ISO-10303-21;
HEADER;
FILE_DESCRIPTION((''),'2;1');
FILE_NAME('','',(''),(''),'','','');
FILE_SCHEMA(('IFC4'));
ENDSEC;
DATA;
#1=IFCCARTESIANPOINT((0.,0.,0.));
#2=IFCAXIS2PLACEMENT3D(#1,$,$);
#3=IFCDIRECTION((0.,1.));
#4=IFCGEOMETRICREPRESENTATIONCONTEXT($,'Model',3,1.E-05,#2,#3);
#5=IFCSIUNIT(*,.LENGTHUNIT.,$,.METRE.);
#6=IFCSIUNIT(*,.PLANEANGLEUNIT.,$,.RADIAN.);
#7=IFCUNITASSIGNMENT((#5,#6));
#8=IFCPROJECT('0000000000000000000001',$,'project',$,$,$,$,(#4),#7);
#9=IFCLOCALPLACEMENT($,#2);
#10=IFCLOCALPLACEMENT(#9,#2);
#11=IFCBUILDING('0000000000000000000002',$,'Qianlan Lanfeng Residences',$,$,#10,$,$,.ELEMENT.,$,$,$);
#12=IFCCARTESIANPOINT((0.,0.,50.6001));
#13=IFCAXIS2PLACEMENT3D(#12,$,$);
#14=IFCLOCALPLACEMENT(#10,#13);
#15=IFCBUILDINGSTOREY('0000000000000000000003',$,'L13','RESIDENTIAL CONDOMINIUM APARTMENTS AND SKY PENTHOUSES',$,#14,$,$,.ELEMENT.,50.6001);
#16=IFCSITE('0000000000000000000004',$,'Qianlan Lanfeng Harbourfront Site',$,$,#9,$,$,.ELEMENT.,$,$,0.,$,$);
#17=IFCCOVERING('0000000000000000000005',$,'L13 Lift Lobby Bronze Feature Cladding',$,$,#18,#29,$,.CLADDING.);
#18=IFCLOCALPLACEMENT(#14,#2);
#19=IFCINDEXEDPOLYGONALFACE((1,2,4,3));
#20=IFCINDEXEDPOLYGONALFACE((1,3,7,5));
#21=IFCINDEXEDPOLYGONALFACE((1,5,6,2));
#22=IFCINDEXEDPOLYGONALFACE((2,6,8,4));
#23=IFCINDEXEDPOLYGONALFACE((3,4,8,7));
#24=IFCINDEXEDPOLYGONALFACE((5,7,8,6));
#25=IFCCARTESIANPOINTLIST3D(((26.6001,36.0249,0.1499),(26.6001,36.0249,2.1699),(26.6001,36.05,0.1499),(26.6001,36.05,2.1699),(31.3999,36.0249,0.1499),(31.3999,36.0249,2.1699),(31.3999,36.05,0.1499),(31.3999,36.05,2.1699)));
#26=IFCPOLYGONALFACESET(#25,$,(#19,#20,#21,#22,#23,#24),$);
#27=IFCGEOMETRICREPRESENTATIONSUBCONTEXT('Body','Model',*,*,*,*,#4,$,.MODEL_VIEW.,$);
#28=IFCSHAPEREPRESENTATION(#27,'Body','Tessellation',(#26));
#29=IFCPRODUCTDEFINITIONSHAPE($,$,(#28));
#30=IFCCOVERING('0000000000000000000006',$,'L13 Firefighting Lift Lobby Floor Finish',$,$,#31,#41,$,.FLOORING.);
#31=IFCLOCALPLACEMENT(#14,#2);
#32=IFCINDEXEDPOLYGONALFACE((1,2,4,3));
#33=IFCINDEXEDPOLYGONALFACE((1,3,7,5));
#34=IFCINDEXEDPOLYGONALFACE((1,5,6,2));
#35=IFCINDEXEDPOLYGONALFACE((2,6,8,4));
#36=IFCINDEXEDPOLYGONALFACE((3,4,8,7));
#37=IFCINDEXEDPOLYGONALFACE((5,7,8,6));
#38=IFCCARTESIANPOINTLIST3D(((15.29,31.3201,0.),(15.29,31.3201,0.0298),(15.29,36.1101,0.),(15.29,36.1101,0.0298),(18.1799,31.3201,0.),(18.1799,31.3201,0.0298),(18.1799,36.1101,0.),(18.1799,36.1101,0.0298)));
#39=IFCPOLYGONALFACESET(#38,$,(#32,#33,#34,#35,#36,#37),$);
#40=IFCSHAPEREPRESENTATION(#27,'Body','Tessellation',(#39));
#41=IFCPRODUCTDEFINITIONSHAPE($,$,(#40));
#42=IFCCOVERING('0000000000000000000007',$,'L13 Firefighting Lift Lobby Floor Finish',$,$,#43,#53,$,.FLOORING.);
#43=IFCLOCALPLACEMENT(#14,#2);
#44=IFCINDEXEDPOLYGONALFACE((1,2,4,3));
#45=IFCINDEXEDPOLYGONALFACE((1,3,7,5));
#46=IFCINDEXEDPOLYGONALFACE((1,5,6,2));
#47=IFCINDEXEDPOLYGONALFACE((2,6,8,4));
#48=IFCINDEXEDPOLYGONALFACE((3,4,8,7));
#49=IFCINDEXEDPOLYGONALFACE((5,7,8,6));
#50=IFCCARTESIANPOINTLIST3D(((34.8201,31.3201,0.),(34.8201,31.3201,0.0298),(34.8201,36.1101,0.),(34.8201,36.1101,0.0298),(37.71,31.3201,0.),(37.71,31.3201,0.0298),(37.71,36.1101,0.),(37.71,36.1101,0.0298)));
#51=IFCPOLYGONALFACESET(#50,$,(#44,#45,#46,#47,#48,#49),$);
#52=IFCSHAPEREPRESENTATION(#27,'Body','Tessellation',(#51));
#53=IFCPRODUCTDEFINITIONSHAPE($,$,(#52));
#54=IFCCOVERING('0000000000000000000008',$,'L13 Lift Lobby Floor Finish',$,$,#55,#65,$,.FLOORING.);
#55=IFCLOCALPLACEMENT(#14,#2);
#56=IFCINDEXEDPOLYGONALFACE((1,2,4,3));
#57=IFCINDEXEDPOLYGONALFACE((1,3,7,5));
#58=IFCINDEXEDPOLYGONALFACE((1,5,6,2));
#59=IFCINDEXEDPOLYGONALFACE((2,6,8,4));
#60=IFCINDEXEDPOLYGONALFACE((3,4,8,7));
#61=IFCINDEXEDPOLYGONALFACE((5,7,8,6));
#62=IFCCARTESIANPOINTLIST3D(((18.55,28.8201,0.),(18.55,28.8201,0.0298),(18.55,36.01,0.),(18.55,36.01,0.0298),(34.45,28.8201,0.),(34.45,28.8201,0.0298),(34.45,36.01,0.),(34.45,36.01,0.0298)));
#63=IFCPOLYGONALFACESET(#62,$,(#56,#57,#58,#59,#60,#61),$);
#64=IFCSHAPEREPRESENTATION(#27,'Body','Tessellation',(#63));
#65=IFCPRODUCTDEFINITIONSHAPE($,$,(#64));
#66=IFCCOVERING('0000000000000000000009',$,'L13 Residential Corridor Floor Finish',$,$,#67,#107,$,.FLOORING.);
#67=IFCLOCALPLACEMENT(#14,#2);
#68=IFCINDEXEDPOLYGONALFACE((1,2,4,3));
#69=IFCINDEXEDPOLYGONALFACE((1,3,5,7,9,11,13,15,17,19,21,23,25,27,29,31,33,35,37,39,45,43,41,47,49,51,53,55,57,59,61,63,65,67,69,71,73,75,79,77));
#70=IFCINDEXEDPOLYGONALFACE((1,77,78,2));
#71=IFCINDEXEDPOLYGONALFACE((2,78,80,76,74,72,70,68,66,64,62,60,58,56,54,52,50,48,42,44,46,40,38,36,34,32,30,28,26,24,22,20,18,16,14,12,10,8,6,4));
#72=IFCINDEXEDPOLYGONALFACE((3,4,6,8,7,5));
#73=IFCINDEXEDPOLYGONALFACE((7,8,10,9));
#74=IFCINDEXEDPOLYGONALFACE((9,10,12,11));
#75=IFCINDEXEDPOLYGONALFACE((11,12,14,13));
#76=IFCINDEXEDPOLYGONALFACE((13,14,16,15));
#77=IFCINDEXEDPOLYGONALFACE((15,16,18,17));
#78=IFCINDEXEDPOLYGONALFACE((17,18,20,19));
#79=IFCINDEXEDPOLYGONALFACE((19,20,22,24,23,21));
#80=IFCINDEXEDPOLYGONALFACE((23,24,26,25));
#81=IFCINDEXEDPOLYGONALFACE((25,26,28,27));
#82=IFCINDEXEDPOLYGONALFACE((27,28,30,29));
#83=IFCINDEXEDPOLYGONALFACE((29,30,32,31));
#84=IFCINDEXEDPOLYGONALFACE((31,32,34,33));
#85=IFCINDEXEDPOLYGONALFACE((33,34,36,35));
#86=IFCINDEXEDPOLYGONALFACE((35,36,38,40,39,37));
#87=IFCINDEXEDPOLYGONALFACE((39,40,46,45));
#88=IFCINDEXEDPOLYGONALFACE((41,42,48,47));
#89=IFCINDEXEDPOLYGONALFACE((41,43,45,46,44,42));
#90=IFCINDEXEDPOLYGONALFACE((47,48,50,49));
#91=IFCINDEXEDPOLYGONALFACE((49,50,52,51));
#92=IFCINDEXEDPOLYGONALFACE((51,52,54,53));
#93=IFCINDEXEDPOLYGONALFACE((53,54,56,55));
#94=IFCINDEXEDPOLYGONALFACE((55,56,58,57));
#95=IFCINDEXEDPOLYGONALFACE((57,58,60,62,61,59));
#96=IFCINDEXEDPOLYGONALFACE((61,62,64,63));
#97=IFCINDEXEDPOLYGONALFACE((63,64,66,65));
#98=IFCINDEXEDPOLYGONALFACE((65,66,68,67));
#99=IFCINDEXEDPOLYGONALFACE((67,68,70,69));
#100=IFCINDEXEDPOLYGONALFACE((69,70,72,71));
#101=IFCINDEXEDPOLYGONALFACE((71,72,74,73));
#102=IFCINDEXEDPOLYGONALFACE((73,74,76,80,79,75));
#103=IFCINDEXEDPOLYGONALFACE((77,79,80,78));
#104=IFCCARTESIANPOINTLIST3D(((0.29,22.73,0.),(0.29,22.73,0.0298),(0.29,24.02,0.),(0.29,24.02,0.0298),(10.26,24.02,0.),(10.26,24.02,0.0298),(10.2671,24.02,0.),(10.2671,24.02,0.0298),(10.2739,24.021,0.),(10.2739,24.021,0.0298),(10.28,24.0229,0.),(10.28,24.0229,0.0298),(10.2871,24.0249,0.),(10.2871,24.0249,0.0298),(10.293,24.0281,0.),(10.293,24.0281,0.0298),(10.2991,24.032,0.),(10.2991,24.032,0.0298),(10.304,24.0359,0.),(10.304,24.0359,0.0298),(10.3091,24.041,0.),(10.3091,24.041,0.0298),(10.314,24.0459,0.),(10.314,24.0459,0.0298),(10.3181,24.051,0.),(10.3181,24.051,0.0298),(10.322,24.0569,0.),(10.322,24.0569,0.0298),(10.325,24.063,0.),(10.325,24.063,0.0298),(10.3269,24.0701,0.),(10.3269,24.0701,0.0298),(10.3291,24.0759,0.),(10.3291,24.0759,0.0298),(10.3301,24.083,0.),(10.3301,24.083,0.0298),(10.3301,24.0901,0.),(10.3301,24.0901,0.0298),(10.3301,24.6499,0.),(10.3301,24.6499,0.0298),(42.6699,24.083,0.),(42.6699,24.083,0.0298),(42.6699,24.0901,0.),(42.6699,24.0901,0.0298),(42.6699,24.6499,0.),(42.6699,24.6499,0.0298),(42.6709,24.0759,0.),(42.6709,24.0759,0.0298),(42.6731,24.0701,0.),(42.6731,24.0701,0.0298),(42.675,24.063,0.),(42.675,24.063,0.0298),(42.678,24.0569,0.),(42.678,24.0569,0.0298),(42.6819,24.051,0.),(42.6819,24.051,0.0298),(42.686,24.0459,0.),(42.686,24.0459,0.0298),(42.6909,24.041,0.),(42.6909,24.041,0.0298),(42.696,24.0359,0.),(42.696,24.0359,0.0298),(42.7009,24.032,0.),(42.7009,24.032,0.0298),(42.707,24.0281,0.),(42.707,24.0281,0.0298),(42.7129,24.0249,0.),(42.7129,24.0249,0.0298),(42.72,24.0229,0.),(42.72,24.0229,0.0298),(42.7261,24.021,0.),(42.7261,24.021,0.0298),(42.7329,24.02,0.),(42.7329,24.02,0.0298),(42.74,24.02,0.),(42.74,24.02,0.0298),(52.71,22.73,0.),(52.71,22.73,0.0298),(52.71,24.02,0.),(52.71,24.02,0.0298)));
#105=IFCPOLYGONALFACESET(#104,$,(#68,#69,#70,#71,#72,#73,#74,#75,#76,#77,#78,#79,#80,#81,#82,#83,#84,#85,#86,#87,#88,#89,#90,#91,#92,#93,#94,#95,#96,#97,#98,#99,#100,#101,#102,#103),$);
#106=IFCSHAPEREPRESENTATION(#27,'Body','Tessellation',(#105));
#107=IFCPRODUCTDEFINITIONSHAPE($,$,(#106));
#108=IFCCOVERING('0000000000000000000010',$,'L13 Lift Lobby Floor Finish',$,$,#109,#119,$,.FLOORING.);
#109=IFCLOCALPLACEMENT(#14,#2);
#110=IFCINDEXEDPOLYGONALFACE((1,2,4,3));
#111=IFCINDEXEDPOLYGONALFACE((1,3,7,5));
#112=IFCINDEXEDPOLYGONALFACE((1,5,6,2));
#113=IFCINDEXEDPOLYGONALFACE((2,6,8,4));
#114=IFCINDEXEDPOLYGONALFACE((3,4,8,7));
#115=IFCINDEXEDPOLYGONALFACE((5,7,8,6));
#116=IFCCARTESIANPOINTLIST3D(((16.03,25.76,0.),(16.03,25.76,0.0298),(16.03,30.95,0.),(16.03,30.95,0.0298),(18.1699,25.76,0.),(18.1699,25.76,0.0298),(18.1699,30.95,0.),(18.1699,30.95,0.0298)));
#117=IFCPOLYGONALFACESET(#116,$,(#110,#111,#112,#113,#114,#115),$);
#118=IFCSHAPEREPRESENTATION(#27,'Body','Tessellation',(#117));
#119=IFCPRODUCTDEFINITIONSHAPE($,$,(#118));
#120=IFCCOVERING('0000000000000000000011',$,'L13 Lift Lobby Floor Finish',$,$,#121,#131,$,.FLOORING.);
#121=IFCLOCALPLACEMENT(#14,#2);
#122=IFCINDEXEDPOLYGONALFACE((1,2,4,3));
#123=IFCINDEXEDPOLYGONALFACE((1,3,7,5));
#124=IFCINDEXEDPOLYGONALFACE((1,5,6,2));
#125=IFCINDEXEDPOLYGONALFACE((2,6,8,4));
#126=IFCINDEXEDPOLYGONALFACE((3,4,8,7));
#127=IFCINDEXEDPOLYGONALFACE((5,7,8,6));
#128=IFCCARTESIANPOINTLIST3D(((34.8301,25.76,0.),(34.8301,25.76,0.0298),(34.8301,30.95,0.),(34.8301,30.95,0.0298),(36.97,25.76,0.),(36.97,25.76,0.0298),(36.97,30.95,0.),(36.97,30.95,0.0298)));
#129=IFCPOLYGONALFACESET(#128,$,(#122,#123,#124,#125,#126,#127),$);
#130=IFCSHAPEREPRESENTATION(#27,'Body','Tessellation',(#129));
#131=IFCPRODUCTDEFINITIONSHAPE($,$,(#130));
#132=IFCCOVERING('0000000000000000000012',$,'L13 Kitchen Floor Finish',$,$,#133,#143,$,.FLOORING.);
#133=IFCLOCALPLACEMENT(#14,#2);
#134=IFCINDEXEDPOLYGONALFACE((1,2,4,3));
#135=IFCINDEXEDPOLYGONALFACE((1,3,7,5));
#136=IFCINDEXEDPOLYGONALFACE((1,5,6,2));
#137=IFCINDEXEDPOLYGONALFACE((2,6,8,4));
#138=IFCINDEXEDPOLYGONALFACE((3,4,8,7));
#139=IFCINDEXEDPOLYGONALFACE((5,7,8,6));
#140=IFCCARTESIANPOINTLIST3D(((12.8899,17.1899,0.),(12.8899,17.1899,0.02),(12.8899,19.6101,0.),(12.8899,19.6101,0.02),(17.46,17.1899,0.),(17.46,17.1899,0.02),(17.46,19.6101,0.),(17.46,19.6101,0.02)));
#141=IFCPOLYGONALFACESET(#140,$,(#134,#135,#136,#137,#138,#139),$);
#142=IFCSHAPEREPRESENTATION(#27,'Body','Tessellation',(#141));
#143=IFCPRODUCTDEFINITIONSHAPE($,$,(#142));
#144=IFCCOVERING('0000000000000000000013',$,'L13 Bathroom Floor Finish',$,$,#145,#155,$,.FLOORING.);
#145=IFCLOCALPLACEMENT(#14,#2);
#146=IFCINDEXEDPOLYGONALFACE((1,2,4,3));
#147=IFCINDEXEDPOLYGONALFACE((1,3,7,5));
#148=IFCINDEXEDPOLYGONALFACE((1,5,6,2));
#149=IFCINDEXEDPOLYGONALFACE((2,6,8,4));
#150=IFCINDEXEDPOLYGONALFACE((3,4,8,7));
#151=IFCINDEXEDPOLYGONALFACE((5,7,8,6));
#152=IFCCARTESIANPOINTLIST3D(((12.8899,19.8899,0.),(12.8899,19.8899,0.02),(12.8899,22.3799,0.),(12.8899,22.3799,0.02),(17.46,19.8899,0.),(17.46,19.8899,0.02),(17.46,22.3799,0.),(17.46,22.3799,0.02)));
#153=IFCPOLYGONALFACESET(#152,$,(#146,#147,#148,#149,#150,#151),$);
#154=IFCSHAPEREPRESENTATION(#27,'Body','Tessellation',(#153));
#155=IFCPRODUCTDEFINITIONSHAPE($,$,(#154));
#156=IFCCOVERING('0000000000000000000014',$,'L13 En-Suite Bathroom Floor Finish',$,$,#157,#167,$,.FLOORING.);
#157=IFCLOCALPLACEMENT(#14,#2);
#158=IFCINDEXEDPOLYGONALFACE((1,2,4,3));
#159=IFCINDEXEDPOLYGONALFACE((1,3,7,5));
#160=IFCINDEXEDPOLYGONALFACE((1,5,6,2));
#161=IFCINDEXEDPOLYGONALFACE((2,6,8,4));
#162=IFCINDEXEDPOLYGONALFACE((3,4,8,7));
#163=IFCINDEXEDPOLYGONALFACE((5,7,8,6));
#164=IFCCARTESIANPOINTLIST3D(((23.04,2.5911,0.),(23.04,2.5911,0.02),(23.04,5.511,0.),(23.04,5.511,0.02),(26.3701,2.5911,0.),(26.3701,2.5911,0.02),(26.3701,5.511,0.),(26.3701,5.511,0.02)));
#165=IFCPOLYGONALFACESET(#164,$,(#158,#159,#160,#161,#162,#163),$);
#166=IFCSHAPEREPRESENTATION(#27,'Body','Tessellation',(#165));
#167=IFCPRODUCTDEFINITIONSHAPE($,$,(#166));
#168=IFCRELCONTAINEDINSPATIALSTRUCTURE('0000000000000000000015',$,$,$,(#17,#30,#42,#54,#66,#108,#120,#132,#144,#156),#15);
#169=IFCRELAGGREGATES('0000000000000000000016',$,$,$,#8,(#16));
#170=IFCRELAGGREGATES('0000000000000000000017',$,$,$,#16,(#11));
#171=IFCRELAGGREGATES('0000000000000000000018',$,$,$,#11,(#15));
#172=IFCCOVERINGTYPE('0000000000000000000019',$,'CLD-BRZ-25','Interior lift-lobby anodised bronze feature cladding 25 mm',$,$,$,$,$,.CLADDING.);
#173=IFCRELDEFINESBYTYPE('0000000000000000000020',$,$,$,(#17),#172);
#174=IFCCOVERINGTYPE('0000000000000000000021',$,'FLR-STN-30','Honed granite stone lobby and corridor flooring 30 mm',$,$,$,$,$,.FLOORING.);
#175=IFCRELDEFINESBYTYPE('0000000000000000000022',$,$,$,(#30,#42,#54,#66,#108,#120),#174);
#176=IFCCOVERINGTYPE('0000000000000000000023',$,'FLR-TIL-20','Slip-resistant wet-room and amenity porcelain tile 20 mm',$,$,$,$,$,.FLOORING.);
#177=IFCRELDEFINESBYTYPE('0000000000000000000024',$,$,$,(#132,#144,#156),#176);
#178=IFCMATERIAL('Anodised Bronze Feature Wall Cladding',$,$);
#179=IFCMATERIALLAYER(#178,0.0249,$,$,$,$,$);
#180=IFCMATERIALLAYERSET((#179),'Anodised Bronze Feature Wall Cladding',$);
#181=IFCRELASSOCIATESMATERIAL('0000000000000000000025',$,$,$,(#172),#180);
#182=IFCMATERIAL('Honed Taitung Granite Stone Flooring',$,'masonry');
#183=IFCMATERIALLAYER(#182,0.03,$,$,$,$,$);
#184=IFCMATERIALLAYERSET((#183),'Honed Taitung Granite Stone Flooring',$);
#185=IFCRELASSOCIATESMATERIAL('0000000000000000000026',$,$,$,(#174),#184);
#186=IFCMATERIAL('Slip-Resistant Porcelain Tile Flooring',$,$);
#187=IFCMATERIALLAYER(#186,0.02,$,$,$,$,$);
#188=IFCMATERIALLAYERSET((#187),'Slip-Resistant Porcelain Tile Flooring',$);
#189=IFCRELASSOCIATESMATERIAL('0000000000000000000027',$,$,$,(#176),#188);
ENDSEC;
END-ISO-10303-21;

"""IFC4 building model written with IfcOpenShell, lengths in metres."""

from ifc_helpers import new_model, si_unit, direction, frame, origin, place, context, subcontext, project, spatial, polyline, outline, extrude, material, layer, layer_set, type_object, element, save


model = new_model("IFC4")

# Units and contexts
model_context = context("Model", 3, precision=1e-05, world=origin(), true_north=direction((0.0, 1.0)))
body_context = subcontext(model_context, "Body", "Model", "MODEL_VIEW")
ifc_project = project(units=[si_unit("LENGTHUNIT", "METRE"), si_unit("PLANEANGLEUNIT", "RADIAN")], contexts=[model_context])

# Site, building, storey
site_placement = place(None, origin())
site = spatial("IfcSite", under=ifc_project, at=site_placement, Name="Qianlan Lanfeng Harbourfront Site", CompositionType="ELEMENT", RefElevation=0.0)
building_placement = place(site_placement, origin())
building = spatial("IfcBuilding", under=site, at=building_placement, Name="Qianlan Lanfeng Residences", CompositionType="ELEMENT")
storey_placement = place(building_placement, frame((0.0, 0.0, 50.6001)))
storey = spatial("IfcBuildingStorey", under=building, at=storey_placement, Name="L13", Description="RESIDENTIAL CONDOMINIUM APARTMENTS AND SKY PENTHOUSES", CompositionType="ELEMENT", Elevation=50.6001)

# Coverings
ifc_material_1 = material(Name="Anodised Bronze Feature Wall Cladding")
ifc_layer_1 = layer(ifc_material_1, 0.0249)
ifc_layer_set_1 = layer_set([ifc_layer_1], Name="Anodised Bronze Feature Wall Cladding")
covering_type_1 = type_object("IfcCoveringType", Name="CLD-BRZ-25", Description="Interior lift-lobby anodised bronze feature cladding 25 mm", PredefinedType="CLADDING", material=ifc_layer_set_1)
covering_1_placement = place(storey_placement, frame((0.0, 0.0, 0.1499)))
element("IfcCovering", 1, at=covering_1_placement, inside=storey, type_object=covering_type_1, Name="L13 Lift Lobby Bronze Feature Cladding", PredefinedType="CLADDING", context=body_context, shape_type="SweptSolid", body=[
    extrude(outline(polyline([(26.6001, 36.0249), (31.3999, 36.0249), (31.3999, 36.05), (26.6001, 36.05), (26.6001, 36.0249)])), origin(), (0.0, 0.0, 1.0), 2.02),
])
ifc_material_2 = material(Name="Honed Taitung Granite Stone Flooring", Category="masonry")
ifc_layer_2 = layer(ifc_material_2, 0.03)
ifc_layer_set_2 = layer_set([ifc_layer_2], Name="Honed Taitung Granite Stone Flooring")
covering_type_2 = type_object("IfcCoveringType", Name="FLR-STN-30", Description="Honed granite stone lobby and corridor flooring 30 mm", PredefinedType="FLOORING", material=ifc_layer_set_2)
covering_2_placement = place(storey_placement, origin())
element("IfcCovering", 2, at=covering_2_placement, inside=storey, type_object=covering_type_2, Name="L13 Firefighting Lift Lobby Floor Finish", PredefinedType="FLOORING", context=body_context, shape_type="SweptSolid", body=[
    extrude(outline(polyline([(15.29, 31.3201), (18.1799, 31.3201), (18.1799, 36.1101), (15.29, 36.1101), (15.29, 31.3201)])), origin(), (0.0, 0.0, 1.0), 0.0298),
])
covering_3_placement = place(storey_placement, origin())
element("IfcCovering", 3, at=covering_3_placement, inside=storey, type_object=covering_type_2, Name="L13 Firefighting Lift Lobby Floor Finish", PredefinedType="FLOORING", context=body_context, shape_type="SweptSolid", body=[
    extrude(outline(polyline([(34.8201, 31.3201), (37.71, 31.3201), (37.71, 36.1101), (34.8201, 36.1101), (34.8201, 31.3201)])), origin(), (0.0, 0.0, 1.0), 0.0298),
])
covering_4_placement = place(storey_placement, origin())
element("IfcCovering", 4, at=covering_4_placement, inside=storey, type_object=covering_type_2, Name="L13 Lift Lobby Floor Finish", PredefinedType="FLOORING", context=body_context, shape_type="SweptSolid", body=[
    extrude(outline(polyline([(18.55, 28.8201), (34.45, 28.8201), (34.45, 36.01), (18.55, 36.01), (18.55, 28.8201)])), origin(), (0.0, 0.0, 1.0), 0.0298),
])
covering_5_placement = place(storey_placement, origin())
element("IfcCovering", 5, at=covering_5_placement, inside=storey, type_object=covering_type_2, Name="L13 Residential Corridor Floor Finish", PredefinedType="FLOORING", context=body_context, shape_type="SweptSolid", body=[
    extrude(outline(polyline([(0.29, 22.73), (52.71, 22.73), (52.71, 24.02), (42.74, 24.02), (42.7329, 24.02), (42.7261, 24.021), (42.72, 24.0229), (42.7129, 24.0249), (42.707, 24.0281), (42.7009, 24.032), (42.696, 24.0359), (42.6909, 24.041), (42.686, 24.0459), (42.6819, 24.051), (42.678, 24.0569), (42.675, 24.063), (42.6731, 24.0701), (42.6709, 24.0759), (42.6699, 24.083), (42.6699, 24.0901), (42.6699, 24.6499), (10.3301, 24.6499), (10.3301, 24.0901), (10.3301, 24.083), (10.3291, 24.0759), (10.3269, 24.0701), (10.325, 24.063), (10.322, 24.0569), (10.3181, 24.051), (10.314, 24.0459), (10.3091, 24.041), (10.304, 24.0359), (10.2991, 24.032), (10.293, 24.0281), (10.2871, 24.0249), (10.28, 24.0229), (10.2739, 24.021), (10.2671, 24.02), (10.26, 24.02), (0.29, 24.02), (0.29, 22.73)])), origin(), (0.0, 0.0, 1.0), 0.0298),
])
covering_6_placement = place(storey_placement, origin())
element("IfcCovering", 6, at=covering_6_placement, inside=storey, type_object=covering_type_2, Name="L13 Lift Lobby Floor Finish", PredefinedType="FLOORING", context=body_context, shape_type="SweptSolid", body=[
    extrude(outline(polyline([(16.03, 25.76), (18.1699, 25.76), (18.1699, 30.95), (16.03, 30.95), (16.03, 25.76)])), origin(), (0.0, 0.0, 1.0), 0.0298),
])
covering_7_placement = place(storey_placement, origin())
element("IfcCovering", 7, at=covering_7_placement, inside=storey, type_object=covering_type_2, Name="L13 Lift Lobby Floor Finish", PredefinedType="FLOORING", context=body_context, shape_type="SweptSolid", body=[
    extrude(outline(polyline([(34.8301, 25.76), (36.97, 25.76), (36.97, 30.95), (34.8301, 30.95), (34.8301, 25.76)])), origin(), (0.0, 0.0, 1.0), 0.0298),
])
ifc_material_3 = material(Name="Slip-Resistant Porcelain Tile Flooring")
ifc_layer_3 = layer(ifc_material_3, 0.02)
ifc_layer_set_3 = layer_set([ifc_layer_3], Name="Slip-Resistant Porcelain Tile Flooring")
covering_type_3 = type_object("IfcCoveringType", Name="FLR-TIL-20", Description="Slip-resistant wet-room and amenity porcelain tile 20 mm", PredefinedType="FLOORING", material=ifc_layer_set_3)
covering_8_placement = place(storey_placement, origin())
element("IfcCovering", 8, at=covering_8_placement, inside=storey, type_object=covering_type_3, Name="L13 Kitchen Floor Finish", PredefinedType="FLOORING", context=body_context, shape_type="SweptSolid", body=[
    extrude(outline(polyline([(12.8899, 17.1899), (17.46, 17.1899), (17.46, 19.6101), (12.8899, 19.6101), (12.8899, 17.1899)])), origin(), (0.0, 0.0, 1.0), 0.02),
])
covering_9_placement = place(storey_placement, origin())
element("IfcCovering", 9, at=covering_9_placement, inside=storey, type_object=covering_type_3, Name="L13 Bathroom Floor Finish", PredefinedType="FLOORING", context=body_context, shape_type="SweptSolid", body=[
    extrude(outline(polyline([(12.8899, 19.8899), (17.46, 19.8899), (17.46, 22.3799), (12.8899, 22.3799), (12.8899, 19.8899)])), origin(), (0.0, 0.0, 1.0), 0.02),
])
covering_10_placement = place(storey_placement, origin())
element("IfcCovering", 10, at=covering_10_placement, inside=storey, type_object=covering_type_3, Name="L13 En-Suite Bathroom Floor Finish", PredefinedType="FLOORING", context=body_context, shape_type="SweptSolid", body=[
    extrude(outline(polyline([(23.04, 2.5911), (26.3701, 2.5911), (26.3701, 5.511), (23.04, 5.511), (23.04, 2.5911)])), origin(), (0.0, 0.0, 1.0), 0.02),
])

save(model, "model.ifc")
